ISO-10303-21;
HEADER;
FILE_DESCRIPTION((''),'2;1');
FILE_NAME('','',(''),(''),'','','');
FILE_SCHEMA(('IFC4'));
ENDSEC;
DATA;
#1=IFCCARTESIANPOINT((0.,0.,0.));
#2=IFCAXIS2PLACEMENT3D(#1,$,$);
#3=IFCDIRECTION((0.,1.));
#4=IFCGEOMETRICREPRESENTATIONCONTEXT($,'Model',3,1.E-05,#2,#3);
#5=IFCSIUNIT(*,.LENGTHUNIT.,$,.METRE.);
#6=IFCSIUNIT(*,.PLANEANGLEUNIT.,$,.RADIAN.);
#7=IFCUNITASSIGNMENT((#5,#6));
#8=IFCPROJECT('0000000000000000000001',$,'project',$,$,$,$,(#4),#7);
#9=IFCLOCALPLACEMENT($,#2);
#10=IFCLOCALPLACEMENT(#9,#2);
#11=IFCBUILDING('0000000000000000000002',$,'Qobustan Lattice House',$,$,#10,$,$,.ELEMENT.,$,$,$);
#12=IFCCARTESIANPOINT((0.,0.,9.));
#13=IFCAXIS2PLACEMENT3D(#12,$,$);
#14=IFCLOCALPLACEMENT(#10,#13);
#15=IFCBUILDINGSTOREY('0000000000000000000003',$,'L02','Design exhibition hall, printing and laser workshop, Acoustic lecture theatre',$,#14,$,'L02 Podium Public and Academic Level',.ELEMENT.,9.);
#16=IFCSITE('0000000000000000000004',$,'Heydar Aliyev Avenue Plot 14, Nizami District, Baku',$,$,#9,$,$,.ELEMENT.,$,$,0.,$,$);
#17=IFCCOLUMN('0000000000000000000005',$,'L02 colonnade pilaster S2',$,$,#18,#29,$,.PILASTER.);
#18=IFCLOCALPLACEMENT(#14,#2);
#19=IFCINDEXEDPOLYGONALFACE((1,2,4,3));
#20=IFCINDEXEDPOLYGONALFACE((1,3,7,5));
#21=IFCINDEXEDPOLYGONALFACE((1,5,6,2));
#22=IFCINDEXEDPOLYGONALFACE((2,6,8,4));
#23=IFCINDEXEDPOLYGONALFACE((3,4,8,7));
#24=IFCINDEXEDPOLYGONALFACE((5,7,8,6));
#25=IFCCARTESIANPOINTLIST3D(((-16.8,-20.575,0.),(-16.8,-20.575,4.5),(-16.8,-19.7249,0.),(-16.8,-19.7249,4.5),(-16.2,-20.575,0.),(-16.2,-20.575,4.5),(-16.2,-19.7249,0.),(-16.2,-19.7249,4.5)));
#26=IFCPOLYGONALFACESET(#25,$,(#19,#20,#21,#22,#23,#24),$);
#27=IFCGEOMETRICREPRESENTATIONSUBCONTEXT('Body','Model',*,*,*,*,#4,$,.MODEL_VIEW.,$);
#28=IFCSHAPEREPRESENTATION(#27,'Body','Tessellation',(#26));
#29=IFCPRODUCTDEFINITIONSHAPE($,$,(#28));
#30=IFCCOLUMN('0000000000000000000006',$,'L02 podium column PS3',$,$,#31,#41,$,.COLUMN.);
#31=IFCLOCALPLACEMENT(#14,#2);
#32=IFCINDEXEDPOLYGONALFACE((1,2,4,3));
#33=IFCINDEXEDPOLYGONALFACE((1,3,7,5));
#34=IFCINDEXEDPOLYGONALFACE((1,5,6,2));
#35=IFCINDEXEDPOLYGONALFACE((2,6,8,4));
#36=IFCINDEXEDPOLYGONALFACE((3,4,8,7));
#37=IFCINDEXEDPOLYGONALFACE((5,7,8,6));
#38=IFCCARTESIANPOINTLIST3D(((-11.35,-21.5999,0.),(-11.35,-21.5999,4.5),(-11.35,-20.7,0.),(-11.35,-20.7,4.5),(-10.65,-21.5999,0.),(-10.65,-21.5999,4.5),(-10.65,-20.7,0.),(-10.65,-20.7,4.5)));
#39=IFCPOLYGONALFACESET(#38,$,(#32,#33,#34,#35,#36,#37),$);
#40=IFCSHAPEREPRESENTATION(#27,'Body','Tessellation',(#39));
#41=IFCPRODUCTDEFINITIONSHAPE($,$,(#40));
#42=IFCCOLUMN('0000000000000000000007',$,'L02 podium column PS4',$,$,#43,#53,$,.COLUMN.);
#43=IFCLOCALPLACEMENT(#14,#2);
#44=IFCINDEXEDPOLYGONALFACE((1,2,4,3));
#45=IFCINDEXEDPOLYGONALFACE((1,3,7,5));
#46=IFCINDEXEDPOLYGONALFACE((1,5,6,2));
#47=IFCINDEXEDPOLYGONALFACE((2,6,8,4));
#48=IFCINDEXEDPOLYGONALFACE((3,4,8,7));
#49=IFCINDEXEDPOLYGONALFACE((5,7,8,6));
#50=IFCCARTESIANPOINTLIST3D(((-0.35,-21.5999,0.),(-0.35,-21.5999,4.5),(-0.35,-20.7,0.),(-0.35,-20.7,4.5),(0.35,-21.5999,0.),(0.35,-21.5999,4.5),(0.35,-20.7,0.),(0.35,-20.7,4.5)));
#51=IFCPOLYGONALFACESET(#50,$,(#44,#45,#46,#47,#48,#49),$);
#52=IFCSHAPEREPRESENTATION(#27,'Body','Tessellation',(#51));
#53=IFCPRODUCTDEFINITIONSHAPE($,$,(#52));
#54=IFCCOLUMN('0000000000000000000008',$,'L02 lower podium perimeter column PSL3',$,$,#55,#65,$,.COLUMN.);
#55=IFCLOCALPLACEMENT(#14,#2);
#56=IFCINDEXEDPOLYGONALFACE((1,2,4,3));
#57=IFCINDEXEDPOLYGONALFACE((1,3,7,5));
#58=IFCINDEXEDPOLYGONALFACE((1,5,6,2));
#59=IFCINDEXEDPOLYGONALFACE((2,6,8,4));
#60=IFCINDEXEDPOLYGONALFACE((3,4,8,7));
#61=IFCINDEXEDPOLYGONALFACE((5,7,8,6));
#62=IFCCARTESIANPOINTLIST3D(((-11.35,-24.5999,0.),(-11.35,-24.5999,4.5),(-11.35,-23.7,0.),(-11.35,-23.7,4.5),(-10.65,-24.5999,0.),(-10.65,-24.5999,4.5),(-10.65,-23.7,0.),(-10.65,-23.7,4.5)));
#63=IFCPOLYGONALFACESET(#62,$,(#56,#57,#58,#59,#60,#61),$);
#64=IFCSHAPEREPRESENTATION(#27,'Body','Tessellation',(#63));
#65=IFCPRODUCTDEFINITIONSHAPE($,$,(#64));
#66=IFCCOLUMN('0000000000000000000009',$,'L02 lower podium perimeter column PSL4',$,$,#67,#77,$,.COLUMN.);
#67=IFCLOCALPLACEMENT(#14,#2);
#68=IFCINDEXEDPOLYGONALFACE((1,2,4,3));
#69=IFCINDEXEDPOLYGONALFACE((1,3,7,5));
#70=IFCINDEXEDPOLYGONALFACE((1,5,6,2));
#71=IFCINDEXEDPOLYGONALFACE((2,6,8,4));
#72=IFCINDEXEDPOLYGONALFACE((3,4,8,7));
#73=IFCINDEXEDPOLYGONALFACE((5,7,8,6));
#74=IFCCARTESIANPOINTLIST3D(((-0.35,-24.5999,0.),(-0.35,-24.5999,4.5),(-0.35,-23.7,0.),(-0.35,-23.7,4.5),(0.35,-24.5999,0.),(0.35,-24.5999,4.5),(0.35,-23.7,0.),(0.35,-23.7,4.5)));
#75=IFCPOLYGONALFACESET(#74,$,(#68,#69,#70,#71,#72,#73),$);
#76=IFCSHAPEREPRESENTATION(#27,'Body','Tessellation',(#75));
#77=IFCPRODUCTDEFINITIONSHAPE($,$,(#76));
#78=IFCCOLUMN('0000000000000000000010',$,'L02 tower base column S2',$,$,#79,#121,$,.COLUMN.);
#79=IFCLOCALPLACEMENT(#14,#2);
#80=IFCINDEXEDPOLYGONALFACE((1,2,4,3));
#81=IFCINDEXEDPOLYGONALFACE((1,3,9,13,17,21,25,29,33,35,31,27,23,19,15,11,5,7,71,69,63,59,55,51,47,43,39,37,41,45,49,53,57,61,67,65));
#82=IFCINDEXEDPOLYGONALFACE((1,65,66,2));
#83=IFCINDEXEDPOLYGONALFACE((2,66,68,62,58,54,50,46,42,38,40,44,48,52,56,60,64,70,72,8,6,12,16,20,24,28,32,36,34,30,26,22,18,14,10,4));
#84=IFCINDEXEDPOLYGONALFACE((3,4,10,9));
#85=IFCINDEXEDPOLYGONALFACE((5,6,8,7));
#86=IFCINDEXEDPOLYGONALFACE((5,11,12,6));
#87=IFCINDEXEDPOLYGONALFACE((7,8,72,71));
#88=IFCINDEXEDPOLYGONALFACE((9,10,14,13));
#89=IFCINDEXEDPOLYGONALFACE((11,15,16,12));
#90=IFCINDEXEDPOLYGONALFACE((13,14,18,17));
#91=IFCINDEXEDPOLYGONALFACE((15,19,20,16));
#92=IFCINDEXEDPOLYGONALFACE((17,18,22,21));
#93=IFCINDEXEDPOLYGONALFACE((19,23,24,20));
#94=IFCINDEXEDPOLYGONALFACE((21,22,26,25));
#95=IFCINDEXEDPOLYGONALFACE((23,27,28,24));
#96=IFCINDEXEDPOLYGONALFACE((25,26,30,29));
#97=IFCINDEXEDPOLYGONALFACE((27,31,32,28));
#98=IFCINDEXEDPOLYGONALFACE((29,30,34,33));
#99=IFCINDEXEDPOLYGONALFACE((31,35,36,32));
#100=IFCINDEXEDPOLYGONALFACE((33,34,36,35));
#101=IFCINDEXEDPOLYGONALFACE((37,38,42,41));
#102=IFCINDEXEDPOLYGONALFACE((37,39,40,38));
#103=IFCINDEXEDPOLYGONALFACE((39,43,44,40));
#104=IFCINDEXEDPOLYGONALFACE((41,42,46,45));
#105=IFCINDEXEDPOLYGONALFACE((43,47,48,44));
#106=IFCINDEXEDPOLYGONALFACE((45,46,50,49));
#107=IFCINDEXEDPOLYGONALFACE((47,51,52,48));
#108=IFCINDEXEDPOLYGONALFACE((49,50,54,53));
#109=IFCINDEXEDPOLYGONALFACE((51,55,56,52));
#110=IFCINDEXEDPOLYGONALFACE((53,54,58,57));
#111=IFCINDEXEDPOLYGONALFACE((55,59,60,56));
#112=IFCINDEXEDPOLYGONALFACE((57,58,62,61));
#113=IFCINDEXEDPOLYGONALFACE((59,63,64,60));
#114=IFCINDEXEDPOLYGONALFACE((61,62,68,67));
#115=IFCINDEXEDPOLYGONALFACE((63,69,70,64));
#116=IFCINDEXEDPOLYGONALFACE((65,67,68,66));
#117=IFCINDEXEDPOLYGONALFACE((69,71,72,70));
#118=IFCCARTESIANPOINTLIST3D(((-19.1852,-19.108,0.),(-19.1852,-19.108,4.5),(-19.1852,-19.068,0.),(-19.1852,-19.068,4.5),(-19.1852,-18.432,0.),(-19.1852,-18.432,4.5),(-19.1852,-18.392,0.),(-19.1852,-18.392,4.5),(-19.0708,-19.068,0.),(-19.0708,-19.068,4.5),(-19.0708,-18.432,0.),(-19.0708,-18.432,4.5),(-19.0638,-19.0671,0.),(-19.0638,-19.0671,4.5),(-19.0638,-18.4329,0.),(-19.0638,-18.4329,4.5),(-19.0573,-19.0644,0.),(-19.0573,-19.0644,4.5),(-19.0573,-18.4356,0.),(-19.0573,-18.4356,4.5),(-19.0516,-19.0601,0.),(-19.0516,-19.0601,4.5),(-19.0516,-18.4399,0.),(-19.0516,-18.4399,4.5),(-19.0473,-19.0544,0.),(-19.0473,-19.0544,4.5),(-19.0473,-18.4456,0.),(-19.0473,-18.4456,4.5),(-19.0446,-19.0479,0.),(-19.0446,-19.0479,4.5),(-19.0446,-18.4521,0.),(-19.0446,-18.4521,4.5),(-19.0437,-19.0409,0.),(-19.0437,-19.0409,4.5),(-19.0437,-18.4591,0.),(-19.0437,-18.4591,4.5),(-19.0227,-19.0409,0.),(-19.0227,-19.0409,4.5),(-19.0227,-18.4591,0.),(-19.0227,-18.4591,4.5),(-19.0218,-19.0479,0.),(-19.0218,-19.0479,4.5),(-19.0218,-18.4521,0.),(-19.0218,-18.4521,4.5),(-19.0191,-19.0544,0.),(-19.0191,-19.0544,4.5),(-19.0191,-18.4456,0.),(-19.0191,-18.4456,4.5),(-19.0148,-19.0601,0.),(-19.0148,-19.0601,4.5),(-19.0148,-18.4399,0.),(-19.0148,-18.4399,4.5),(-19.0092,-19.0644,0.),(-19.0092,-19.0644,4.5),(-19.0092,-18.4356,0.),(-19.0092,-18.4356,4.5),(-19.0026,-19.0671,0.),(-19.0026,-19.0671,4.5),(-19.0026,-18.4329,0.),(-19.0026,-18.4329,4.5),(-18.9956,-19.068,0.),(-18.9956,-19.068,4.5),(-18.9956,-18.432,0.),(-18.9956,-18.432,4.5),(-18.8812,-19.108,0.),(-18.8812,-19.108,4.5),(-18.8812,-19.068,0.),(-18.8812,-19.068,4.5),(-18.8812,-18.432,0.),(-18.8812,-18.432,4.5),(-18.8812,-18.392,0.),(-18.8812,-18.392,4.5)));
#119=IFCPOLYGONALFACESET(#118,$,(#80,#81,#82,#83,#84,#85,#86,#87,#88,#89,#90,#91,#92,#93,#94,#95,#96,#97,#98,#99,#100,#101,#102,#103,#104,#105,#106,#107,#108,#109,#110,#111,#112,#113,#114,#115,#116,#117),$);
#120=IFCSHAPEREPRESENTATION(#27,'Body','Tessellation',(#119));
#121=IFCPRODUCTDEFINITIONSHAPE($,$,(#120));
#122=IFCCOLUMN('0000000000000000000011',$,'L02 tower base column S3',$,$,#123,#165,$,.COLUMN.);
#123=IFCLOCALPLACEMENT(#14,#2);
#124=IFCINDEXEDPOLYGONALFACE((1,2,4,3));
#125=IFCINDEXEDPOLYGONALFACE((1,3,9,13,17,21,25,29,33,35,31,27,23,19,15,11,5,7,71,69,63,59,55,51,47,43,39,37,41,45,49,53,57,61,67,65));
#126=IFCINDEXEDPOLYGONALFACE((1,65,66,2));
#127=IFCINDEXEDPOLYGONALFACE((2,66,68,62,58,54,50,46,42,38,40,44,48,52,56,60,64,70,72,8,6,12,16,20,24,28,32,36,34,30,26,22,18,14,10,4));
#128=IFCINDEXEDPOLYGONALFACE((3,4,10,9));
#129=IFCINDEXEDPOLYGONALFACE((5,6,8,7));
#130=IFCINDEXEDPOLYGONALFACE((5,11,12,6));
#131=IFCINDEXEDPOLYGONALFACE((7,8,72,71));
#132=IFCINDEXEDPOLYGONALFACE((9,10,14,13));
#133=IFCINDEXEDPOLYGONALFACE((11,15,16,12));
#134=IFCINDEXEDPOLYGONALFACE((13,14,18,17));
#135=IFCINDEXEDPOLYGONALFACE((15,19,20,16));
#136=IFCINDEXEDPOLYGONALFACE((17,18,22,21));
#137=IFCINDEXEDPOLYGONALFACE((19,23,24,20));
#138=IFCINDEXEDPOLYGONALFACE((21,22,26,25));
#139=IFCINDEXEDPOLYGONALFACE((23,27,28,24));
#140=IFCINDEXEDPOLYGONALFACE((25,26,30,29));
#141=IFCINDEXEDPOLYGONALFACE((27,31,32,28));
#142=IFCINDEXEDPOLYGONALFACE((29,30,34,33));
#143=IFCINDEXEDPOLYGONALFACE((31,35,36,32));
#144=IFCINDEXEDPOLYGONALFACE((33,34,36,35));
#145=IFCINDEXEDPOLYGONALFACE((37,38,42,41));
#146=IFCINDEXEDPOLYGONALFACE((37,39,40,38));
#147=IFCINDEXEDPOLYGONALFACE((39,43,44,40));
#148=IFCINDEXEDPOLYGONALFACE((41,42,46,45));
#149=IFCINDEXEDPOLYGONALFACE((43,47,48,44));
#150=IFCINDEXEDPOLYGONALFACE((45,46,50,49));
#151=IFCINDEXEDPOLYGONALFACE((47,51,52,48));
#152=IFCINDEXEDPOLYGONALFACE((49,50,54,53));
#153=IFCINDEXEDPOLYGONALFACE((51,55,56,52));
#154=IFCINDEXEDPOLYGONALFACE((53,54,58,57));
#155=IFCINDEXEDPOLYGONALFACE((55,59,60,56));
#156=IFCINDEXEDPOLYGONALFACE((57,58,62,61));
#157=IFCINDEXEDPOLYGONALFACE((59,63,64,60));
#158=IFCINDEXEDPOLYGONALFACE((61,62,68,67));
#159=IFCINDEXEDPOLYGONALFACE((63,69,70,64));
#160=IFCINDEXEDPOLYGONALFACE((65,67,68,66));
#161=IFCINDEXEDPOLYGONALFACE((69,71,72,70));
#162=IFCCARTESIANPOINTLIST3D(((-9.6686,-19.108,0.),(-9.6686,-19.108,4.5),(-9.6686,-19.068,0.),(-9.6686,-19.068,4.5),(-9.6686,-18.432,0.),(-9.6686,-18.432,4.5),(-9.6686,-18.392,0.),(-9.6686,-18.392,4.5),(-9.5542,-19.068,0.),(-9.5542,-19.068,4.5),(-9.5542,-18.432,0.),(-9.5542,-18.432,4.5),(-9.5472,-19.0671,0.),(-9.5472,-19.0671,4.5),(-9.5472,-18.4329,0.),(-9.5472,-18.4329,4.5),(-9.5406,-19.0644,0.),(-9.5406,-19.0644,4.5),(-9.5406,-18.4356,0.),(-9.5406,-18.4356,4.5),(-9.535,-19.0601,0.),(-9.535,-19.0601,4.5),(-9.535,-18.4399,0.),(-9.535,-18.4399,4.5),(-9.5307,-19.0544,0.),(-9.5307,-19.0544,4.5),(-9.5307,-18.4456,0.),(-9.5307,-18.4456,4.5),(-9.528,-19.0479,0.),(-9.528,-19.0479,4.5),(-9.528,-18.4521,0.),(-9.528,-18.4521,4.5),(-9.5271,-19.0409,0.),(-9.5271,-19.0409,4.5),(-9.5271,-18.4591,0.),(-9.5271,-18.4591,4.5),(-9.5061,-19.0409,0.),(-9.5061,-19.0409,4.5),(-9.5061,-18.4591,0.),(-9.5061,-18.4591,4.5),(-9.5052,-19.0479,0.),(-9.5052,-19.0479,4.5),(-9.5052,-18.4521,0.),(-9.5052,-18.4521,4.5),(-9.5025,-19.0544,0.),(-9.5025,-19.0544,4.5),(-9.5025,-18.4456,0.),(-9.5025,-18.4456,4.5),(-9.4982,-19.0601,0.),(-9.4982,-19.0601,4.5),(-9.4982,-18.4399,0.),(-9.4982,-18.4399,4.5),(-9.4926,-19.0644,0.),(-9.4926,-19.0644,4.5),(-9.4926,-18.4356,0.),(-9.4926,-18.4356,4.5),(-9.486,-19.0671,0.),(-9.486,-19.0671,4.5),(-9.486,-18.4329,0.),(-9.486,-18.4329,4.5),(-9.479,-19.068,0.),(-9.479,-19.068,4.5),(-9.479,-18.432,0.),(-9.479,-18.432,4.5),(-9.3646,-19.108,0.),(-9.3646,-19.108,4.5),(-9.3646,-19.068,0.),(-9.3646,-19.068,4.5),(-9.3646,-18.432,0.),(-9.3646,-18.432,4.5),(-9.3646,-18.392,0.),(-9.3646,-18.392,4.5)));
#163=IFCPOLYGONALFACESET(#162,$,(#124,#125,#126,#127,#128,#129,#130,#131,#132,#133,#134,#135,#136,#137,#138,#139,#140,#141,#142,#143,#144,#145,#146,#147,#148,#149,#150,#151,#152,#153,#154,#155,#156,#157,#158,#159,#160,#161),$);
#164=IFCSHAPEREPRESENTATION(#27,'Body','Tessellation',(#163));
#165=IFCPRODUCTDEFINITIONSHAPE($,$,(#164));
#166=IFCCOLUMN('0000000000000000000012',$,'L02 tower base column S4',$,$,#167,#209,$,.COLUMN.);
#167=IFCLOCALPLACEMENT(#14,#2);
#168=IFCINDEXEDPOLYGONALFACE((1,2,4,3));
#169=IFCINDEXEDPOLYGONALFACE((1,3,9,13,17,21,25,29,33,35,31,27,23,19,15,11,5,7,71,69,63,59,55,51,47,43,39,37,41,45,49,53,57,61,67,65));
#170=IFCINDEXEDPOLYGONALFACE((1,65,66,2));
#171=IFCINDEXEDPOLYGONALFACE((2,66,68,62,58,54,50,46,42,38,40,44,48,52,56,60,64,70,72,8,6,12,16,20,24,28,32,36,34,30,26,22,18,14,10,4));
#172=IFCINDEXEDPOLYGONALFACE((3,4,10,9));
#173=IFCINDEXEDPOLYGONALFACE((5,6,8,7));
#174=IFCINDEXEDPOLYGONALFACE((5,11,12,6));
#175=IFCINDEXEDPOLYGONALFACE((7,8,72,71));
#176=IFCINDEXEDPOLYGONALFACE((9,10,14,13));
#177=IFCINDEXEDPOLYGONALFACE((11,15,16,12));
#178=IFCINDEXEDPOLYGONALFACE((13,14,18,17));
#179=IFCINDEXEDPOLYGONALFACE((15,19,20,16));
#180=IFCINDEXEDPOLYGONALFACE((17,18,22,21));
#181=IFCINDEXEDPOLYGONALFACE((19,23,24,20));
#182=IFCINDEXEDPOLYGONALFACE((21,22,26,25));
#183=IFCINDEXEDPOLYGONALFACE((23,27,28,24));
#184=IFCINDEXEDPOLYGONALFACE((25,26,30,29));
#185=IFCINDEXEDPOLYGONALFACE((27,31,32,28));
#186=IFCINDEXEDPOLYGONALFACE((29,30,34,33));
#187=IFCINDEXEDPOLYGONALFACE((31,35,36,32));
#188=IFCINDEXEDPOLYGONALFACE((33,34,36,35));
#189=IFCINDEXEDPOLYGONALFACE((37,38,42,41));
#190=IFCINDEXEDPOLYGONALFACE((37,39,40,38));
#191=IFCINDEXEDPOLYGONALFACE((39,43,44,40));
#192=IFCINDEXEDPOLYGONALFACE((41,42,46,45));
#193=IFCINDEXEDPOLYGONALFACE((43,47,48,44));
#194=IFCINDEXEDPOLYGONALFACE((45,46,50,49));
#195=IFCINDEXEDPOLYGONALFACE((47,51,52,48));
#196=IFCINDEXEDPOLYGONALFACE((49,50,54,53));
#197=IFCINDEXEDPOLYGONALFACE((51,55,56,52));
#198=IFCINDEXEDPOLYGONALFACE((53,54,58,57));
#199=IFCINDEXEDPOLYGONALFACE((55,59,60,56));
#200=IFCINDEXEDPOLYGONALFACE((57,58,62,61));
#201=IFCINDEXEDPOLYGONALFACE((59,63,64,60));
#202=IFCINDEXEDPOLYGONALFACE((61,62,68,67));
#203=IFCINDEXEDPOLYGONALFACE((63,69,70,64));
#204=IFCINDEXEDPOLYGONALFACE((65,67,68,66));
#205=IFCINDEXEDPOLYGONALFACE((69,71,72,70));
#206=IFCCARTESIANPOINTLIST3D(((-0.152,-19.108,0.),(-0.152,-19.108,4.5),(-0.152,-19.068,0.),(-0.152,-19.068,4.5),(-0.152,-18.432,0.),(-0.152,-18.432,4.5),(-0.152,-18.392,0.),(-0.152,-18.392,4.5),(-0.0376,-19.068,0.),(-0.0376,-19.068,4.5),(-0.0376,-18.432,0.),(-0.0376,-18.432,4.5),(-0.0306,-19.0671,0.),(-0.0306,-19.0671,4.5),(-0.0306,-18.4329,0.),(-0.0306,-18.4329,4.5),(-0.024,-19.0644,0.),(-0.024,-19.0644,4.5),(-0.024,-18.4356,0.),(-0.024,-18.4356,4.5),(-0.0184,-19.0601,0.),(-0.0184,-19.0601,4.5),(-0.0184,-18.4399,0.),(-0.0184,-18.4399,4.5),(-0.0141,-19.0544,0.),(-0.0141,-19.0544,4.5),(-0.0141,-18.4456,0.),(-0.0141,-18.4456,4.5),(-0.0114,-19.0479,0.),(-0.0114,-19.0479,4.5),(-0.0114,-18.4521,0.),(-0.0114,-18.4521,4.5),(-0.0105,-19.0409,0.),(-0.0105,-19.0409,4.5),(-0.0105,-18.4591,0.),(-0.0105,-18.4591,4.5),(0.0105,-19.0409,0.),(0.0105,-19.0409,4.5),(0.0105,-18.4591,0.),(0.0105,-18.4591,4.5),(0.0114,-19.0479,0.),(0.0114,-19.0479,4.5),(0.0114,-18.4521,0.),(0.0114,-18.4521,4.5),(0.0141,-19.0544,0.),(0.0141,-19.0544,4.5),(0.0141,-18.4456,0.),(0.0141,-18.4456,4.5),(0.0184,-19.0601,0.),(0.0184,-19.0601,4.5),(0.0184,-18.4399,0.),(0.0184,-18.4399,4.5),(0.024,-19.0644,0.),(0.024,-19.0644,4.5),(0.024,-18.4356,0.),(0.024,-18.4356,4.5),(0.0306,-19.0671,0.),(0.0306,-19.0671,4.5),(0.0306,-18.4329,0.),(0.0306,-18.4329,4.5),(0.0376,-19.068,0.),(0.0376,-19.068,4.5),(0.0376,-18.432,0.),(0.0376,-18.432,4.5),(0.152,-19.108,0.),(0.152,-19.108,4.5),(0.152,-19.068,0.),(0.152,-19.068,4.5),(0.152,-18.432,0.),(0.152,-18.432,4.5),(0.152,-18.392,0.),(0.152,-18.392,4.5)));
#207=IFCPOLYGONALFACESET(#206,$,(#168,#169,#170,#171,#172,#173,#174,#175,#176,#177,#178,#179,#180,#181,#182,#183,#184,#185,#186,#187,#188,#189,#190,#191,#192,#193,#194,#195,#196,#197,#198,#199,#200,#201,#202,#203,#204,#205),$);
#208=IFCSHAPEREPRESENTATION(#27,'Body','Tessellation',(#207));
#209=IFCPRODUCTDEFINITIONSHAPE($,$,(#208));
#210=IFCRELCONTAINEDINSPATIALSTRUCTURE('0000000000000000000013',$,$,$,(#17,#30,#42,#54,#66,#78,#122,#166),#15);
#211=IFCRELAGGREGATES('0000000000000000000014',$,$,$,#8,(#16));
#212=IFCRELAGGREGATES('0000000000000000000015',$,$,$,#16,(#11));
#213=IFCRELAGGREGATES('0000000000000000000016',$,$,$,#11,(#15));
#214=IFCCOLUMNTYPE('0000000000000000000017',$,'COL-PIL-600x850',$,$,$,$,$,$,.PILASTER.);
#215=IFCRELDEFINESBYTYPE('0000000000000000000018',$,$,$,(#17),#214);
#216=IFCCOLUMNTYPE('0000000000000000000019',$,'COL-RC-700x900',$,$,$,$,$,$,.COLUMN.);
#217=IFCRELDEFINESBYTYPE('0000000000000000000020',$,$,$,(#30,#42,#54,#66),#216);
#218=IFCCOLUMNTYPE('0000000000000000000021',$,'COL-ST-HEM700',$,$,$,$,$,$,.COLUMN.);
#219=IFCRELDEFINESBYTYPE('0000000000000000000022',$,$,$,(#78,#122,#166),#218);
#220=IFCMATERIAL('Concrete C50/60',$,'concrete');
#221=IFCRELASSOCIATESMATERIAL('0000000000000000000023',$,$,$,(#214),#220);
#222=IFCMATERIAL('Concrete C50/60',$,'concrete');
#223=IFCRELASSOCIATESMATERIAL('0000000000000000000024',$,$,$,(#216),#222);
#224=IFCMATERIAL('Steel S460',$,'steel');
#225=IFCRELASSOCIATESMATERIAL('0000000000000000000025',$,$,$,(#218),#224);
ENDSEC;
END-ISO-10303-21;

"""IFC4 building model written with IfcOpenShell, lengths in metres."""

from ifc_helpers import new_model, si_unit, direction, frame, origin, origin_2d, place, context, subcontext, project, spatial, rectangle, i_section, extrude, material, material_profile, profile_set, type_object, element, save


model = new_model("IFC4")

# Units and contexts
model_context = context("Model", 3, precision=1e-05, world=origin(), true_north=direction((0.0, 1.0)))
body_context = subcontext(model_context, "Body", "Model", "MODEL_VIEW")
ifc_project = project(units=[si_unit("LENGTHUNIT", "METRE"), si_unit("PLANEANGLEUNIT", "RADIAN")], contexts=[model_context])

# Site, building, storey
site_placement = place(None, origin())
site = spatial("IfcSite", under=ifc_project, at=site_placement, Name="Heydar Aliyev Avenue Plot 14, Nizami District, Baku", CompositionType="ELEMENT", RefElevation=0.0)
building_placement = place(site_placement, origin())
building = spatial("IfcBuilding", under=site, at=building_placement, Name="Qobustan Lattice House", CompositionType="ELEMENT")
storey_placement = place(building_placement, frame((0.0, 0.0, 9.0)))
storey = spatial("IfcBuildingStorey", under=building, at=storey_placement, Name="L02", Description="Design exhibition hall, printing and laser workshop, Acoustic lecture theatre", LongName="L02 Podium Public and Academic Level", CompositionType="ELEMENT", Elevation=9.0)

# Columns
ifc_material_1 = material(Name="Concrete C50/60", Category="concrete")
ifc_material_profile_1 = material_profile(ifc_material_1, rectangle(XDim=0.6001, YDim=0.8501, at=origin_2d()), Name="RC600x850")
ifc_profile_set_1 = profile_set([ifc_material_profile_1], Name="Concrete C50/60")
column_type_1 = type_object("IfcColumnType", Name="COL-PIL-600x850", PredefinedType="PILASTER", material=ifc_profile_set_1)
column_placement = place(storey_placement, frame((-16.5, -20.1499, 0.0), z_axis=(0.0, 0.0, 1.0), x_axis=(1.0, 0.0, 0.0)))
element("IfcColumn", 1, at=column_placement, inside=storey, type_object=column_type_1, Name="L02 colonnade pilaster S2", PredefinedType="PILASTER", context=body_context, shape_type="SweptSolid", body=[
    extrude(rectangle(XDim=0.6001, YDim=0.8501, at=origin_2d()), origin(), (0.0, 0.0, 1.0), 4.5),
])
ifc_material_2 = material(Name="Concrete C50/60", Category="concrete")
ifc_material_profile_2 = material_profile(ifc_material_2, rectangle(XDim=0.7, YDim=0.8999, at=origin_2d()), Name="RC700x900")
ifc_profile_set_2 = profile_set([ifc_material_profile_2], Name="Concrete C50/60")
column_type_2 = type_object("IfcColumnType", Name="COL-RC-700x900", PredefinedType="COLUMN", material=ifc_profile_set_2)
for number, where, z_axis, x_axis, name in (
    (2, (-11.0, -21.1499, 0.0), (0.0, 0.0, 1.0), (1.0, 0.0, 0.0), "L02 podium column PS3"),
    (3, (0.0, -21.1499, 0.0), (0.0, 0.0, 1.0), (1.0, 0.0, 0.0), "L02 podium column PS4"),
    (4, (-11.0, -24.1499, 0.0), (0.0, 0.0, 1.0), (1.0, 0.0, 0.0), "L02 lower podium perimeter column PSL3"),
    (5, (0.0, -24.1499, 0.0), (0.0, 0.0, 1.0), (1.0, 0.0, 0.0), "L02 lower podium perimeter column PSL4"),
):
    element("IfcColumn", number, at=place(storey_placement, frame(where, z_axis=z_axis, x_axis=x_axis)), inside=storey, type_object=column_type_2, Name=name, PredefinedType="COLUMN", context=body_context, shape_type="SweptSolid", body=[
        extrude(rectangle(XDim=0.7, YDim=0.8999, at=origin_2d()), origin(), (0.0, 0.0, 1.0), 4.5),
    ])
ifc_material_3 = material(Name="Steel S460", Category="steel")
ifc_material_profile_3 = material_profile(ifc_material_3, i_section(OverallWidth=0.304, OverallDepth=0.7161, WebThickness=0.021, FlangeThickness=0.04, FilletRadius=0.0271, at=origin_2d()), Name="HEM700")
ifc_profile_set_3 = profile_set([ifc_material_profile_3], Name="Steel S460")
column_type_3 = type_object("IfcColumnType", Name="COL-ST-HEM700", PredefinedType="COLUMN", material=ifc_profile_set_3)
for number, where, z_axis, x_axis, name in (
    (6, (-19.0332, -18.75, 0.0), (0.0, 0.0, 1.0), (1.0, 0.0, 0.0), "L02 tower base column S2"),
    (7, (-9.5166, -18.75, 0.0), (0.0, 0.0, 1.0), (1.0, 0.0, 0.0), "L02 tower base column S3"),
    (8, (0.0, -18.75, 0.0), (0.0, 0.0, 1.0), (1.0, 0.0, 0.0), "L02 tower base column S4"),
):
    element("IfcColumn", number, at=place(storey_placement, frame(where, z_axis=z_axis, x_axis=x_axis)), inside=storey, type_object=column_type_3, Name=name, PredefinedType="COLUMN", context=body_context, shape_type="SweptSolid", body=[
        extrude(i_section(OverallWidth=0.304, OverallDepth=0.7161, WebThickness=0.021, FlangeThickness=0.04, FilletRadius=0.0271, at=origin_2d()), origin(), (0.0, 0.0, 1.0), 4.5),
    ])

save(model, "model.ifc")
